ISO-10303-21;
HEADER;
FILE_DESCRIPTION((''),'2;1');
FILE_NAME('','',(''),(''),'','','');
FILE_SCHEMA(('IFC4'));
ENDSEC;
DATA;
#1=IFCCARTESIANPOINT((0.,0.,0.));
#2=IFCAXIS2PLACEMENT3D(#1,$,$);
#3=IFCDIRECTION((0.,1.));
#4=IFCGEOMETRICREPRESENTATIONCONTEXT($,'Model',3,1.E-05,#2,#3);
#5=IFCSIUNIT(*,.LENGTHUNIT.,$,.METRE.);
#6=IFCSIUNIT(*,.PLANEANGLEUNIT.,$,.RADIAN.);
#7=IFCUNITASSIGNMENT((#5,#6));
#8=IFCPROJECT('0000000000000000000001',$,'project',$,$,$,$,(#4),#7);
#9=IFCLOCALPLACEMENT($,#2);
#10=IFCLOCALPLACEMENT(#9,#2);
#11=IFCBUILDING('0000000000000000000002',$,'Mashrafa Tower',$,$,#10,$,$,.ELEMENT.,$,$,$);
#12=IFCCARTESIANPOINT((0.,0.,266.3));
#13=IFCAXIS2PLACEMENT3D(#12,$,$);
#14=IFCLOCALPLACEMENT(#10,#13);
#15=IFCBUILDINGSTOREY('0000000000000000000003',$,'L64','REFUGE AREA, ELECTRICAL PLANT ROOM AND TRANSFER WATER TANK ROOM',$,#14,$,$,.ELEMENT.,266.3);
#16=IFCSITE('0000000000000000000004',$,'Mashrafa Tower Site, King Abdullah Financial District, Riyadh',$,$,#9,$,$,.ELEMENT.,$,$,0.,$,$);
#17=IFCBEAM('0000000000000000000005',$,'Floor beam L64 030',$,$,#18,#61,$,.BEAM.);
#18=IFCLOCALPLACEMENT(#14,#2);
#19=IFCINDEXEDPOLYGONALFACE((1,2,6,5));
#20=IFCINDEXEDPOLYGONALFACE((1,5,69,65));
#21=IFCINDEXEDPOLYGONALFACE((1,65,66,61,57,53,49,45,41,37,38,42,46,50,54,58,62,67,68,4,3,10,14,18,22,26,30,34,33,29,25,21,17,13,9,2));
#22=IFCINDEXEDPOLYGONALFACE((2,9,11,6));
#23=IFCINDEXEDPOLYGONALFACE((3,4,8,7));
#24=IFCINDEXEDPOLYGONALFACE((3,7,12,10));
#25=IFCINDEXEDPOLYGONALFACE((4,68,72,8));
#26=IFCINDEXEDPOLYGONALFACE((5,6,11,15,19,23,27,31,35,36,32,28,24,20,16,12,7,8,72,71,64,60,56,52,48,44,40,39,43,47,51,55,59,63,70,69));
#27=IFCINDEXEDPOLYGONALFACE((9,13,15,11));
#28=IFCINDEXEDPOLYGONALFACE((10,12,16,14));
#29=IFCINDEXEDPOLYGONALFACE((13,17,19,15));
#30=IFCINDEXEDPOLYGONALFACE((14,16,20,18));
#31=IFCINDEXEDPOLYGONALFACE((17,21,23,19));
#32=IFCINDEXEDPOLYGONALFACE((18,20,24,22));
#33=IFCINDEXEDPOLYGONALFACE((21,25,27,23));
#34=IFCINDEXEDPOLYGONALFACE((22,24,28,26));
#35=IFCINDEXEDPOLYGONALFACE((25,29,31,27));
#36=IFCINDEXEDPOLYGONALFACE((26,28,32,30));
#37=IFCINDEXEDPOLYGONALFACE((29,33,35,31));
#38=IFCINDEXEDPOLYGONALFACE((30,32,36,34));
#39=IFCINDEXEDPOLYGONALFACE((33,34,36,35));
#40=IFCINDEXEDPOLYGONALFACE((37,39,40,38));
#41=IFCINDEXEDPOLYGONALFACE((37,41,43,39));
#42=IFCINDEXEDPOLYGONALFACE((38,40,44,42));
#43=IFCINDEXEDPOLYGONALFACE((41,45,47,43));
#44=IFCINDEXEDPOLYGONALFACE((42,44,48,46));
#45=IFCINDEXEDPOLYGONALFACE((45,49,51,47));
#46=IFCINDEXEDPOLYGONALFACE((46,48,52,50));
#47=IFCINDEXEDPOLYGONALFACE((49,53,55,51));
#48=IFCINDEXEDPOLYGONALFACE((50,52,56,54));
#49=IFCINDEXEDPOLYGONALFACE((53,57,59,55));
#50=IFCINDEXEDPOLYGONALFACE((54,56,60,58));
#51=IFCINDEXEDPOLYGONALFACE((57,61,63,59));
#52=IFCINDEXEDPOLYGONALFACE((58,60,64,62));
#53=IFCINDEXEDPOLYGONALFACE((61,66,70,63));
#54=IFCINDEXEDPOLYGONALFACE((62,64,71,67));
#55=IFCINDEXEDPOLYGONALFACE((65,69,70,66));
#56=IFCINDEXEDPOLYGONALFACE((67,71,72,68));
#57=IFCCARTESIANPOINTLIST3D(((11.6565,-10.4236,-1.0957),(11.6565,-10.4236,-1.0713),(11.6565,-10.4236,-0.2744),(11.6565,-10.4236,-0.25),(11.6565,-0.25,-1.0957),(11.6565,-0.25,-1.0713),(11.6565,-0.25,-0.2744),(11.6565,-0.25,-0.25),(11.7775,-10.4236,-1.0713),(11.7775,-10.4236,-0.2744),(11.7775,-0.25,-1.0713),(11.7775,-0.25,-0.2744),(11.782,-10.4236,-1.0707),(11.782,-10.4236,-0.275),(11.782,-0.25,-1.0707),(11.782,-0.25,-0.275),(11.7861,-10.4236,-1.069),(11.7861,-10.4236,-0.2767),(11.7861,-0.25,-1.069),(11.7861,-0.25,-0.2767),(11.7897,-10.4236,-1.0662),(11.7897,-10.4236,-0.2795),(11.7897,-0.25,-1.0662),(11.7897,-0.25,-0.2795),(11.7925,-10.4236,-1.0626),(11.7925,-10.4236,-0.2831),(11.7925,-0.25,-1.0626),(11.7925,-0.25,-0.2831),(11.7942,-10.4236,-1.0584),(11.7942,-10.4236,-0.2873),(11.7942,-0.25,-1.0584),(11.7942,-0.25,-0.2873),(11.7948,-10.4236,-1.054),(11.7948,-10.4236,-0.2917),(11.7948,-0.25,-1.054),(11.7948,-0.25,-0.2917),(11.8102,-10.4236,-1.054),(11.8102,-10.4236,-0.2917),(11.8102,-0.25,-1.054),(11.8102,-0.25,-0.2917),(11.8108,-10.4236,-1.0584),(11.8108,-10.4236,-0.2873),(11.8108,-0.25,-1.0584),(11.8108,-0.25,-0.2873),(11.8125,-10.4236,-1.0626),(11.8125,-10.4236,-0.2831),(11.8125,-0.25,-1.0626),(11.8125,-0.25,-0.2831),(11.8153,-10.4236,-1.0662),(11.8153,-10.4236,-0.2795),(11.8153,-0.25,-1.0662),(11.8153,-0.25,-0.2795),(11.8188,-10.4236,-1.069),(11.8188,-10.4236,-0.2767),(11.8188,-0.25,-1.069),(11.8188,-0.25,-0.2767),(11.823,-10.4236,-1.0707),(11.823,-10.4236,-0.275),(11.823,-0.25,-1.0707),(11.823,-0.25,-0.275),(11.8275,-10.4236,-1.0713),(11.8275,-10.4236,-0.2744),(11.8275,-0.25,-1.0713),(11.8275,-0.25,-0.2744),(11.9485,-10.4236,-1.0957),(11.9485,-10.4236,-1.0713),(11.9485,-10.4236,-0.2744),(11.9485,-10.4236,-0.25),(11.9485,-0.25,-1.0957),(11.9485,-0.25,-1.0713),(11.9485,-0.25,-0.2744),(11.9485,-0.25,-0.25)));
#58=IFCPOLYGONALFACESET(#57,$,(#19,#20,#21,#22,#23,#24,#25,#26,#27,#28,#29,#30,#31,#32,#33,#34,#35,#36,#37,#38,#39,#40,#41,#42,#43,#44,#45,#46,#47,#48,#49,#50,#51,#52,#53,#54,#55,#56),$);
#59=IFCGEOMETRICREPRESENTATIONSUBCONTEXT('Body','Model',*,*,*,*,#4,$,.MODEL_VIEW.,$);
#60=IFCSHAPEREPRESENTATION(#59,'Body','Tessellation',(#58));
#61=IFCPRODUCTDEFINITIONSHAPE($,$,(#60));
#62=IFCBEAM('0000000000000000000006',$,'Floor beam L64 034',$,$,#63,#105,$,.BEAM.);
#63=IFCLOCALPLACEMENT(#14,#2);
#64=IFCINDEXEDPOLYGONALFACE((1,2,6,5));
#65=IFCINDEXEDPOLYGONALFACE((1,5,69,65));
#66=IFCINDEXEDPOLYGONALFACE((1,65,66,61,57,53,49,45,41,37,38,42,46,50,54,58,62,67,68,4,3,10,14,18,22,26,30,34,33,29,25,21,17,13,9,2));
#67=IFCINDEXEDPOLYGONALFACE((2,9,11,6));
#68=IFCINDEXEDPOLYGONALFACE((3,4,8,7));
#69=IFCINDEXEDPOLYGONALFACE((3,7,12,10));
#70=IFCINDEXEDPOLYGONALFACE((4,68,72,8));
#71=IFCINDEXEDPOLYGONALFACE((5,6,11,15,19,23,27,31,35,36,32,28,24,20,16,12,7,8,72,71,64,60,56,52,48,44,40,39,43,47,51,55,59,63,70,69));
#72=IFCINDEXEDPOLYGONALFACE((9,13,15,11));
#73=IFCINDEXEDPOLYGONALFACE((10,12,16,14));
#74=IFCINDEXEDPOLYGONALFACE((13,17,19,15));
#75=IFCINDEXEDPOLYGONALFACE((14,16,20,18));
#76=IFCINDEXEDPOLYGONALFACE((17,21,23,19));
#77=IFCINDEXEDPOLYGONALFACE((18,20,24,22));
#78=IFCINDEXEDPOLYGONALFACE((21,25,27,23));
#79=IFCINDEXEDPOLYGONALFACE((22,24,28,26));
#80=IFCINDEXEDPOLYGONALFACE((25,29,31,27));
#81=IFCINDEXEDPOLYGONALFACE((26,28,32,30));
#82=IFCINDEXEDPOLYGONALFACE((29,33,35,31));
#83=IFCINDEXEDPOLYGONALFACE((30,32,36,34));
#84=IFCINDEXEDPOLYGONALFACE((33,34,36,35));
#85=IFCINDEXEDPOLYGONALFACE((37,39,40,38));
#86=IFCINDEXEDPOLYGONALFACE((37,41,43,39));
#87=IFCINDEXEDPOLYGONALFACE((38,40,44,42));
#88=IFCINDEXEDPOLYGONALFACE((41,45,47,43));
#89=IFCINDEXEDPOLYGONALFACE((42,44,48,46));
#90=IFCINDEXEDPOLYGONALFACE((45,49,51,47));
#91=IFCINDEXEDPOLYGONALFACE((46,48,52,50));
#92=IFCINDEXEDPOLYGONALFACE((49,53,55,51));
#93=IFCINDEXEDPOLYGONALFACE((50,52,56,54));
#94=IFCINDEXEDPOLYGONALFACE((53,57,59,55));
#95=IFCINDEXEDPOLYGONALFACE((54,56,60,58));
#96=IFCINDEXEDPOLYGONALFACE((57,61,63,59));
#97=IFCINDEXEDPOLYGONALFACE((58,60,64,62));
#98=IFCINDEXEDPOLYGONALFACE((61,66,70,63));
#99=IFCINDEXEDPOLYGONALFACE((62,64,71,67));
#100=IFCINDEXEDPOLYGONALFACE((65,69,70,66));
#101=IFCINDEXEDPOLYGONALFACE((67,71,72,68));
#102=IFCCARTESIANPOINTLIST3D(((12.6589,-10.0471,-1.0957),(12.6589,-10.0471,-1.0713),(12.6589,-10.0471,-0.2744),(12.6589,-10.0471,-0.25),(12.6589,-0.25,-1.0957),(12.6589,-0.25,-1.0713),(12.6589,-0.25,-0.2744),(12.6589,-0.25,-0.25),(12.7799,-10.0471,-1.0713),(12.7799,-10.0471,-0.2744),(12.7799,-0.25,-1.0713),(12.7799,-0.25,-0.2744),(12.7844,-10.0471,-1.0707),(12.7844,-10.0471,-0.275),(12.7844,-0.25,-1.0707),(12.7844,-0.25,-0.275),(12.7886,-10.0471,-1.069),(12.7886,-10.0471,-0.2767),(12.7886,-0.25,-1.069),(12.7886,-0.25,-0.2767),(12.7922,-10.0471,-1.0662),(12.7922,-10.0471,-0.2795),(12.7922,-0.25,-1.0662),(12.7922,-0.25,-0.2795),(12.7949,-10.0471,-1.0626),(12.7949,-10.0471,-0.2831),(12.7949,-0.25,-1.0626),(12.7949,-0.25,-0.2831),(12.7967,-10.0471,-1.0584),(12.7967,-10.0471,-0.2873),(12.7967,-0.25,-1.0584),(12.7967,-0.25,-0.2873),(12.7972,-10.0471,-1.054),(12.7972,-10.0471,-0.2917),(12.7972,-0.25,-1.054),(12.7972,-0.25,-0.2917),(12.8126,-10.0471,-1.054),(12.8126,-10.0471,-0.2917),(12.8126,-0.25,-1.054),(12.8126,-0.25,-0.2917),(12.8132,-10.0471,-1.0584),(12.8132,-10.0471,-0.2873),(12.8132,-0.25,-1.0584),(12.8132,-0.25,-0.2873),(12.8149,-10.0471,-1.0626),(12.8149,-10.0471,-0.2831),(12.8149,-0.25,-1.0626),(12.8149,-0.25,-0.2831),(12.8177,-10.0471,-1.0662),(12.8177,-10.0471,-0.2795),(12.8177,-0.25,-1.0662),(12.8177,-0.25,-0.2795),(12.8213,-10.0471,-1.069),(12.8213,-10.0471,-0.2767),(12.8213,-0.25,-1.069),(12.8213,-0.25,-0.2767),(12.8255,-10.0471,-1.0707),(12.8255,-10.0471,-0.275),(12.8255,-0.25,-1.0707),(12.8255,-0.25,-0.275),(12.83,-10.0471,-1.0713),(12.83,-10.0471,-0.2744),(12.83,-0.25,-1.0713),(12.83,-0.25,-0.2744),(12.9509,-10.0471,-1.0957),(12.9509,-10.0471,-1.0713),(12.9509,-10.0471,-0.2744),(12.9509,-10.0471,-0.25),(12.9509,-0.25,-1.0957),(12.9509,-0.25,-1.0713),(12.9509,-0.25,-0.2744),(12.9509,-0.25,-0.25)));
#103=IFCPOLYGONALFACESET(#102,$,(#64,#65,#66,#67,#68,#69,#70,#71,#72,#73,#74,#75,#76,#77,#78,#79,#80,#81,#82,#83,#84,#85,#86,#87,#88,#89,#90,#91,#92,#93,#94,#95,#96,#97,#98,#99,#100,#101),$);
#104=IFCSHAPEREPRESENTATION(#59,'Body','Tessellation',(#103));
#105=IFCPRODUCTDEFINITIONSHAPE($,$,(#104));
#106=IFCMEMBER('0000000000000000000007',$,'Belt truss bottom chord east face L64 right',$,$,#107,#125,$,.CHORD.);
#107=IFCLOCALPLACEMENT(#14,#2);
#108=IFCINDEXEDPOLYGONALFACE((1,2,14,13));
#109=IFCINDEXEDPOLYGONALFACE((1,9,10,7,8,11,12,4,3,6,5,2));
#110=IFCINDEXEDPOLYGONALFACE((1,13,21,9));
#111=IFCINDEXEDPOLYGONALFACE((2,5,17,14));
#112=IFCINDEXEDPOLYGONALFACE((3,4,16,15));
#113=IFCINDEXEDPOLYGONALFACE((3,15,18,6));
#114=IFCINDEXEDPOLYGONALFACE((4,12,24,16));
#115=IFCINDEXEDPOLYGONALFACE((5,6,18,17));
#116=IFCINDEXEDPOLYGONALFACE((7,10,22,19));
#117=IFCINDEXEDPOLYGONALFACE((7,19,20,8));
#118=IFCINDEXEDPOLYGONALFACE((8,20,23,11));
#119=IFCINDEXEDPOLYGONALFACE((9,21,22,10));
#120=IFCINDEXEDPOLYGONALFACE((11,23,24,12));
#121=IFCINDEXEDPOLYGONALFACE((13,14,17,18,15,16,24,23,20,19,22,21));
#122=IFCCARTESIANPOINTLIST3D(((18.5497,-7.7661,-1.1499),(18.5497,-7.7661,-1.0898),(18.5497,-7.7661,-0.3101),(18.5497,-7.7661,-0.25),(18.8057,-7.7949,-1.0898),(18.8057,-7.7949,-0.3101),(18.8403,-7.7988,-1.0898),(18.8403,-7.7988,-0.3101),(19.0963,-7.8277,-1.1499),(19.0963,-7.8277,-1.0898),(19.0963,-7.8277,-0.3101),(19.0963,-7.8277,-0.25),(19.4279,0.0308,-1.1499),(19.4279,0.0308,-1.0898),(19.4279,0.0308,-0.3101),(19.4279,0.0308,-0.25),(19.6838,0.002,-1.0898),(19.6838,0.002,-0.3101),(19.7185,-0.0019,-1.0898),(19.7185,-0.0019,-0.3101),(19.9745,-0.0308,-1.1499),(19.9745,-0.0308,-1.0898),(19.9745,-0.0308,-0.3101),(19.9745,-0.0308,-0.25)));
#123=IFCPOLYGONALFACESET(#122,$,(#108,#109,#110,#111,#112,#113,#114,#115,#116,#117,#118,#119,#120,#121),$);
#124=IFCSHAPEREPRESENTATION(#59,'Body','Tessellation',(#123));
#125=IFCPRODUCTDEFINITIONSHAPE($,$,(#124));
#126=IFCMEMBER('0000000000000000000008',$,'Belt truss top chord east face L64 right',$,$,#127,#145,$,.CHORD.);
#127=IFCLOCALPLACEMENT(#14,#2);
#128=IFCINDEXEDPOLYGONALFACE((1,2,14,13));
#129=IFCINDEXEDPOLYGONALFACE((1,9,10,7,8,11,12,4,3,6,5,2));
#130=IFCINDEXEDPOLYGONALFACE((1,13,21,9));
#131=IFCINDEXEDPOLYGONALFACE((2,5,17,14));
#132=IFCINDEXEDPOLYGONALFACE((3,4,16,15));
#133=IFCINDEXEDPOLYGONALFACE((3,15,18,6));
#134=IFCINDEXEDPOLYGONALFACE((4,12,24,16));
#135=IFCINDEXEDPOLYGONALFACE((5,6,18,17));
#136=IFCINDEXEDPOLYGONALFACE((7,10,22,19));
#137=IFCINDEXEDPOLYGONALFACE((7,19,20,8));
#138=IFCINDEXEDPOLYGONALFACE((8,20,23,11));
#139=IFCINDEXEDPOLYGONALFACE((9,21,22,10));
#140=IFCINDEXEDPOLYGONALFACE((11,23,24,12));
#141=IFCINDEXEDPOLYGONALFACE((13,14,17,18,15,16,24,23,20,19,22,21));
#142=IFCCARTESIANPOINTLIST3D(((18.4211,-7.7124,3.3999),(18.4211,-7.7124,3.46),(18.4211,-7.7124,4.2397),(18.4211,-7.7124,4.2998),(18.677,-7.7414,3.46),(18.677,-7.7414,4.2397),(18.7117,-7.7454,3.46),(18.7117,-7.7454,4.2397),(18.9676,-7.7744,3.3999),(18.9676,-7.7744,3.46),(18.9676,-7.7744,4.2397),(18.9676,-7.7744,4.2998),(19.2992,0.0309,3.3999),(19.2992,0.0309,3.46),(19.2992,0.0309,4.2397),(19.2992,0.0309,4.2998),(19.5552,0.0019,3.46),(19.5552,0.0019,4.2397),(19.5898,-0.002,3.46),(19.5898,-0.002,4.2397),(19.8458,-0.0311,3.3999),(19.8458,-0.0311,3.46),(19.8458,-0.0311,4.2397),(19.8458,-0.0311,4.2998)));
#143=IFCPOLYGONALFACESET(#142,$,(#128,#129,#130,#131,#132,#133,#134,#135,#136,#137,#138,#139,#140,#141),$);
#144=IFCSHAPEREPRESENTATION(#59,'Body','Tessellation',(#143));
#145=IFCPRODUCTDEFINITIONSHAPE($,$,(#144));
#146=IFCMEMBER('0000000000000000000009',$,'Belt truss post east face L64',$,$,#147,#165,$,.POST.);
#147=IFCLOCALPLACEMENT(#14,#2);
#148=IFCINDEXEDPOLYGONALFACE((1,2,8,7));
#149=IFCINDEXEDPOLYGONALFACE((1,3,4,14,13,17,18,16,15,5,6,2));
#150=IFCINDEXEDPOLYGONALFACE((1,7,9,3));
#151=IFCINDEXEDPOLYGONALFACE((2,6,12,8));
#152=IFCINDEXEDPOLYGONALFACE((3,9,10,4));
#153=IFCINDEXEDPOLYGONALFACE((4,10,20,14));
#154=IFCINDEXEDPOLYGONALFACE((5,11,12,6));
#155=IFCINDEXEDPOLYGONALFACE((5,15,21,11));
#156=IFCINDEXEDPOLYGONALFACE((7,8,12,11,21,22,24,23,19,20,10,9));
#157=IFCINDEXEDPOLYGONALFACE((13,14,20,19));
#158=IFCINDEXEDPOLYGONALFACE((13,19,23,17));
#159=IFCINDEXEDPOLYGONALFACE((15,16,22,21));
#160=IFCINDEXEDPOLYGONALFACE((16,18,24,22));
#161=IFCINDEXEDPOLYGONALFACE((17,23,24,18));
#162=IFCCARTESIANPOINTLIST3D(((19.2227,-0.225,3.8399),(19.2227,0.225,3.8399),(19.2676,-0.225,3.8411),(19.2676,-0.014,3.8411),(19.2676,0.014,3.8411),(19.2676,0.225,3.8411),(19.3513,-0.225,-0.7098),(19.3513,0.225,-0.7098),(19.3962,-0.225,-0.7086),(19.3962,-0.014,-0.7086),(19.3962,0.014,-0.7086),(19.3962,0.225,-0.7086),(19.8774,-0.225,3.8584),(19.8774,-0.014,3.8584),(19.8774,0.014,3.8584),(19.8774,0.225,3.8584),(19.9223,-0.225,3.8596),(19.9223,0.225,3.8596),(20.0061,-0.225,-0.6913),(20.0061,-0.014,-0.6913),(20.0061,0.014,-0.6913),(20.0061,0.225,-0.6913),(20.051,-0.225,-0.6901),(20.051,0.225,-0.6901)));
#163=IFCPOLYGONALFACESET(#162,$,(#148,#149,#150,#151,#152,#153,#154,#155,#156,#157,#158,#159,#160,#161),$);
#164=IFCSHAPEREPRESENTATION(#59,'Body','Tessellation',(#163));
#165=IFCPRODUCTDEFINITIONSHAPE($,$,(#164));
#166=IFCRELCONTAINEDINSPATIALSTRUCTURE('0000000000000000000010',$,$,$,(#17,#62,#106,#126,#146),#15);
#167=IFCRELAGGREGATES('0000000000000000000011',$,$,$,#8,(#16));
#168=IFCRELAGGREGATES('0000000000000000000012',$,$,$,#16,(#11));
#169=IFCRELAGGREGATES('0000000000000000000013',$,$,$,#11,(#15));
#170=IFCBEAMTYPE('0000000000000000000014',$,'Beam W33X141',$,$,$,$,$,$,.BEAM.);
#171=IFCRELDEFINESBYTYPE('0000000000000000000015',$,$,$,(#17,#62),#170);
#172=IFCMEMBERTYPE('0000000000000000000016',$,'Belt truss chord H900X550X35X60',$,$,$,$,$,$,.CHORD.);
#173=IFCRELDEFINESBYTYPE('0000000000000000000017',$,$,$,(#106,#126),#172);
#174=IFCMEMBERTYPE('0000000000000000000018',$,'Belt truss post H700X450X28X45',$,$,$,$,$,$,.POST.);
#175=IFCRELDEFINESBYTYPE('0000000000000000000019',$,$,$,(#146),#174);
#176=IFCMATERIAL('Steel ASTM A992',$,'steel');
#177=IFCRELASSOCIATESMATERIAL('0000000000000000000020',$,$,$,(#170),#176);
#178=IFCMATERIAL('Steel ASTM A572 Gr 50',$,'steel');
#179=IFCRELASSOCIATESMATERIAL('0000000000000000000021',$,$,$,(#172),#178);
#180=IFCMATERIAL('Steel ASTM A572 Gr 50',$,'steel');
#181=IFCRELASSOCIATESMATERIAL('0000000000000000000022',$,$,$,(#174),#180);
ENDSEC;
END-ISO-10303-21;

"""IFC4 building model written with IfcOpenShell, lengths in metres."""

from ifc_helpers import new_model, si_unit, direction, frame, origin, origin_2d, place, context, subcontext, project, spatial, i_section, extrude, source, transform, mapped, material, material_profile, profile_set, type_object, type_shapes, element, save


model = new_model("IFC4")

# Units and contexts
model_context = context("Model", 3, precision=1e-05, world=origin(), true_north=direction((0.0, 1.0)))
body_context = subcontext(model_context, "Body", "Model", "MODEL_VIEW")
ifc_project = project(units=[si_unit("LENGTHUNIT", "METRE"), si_unit("PLANEANGLEUNIT", "RADIAN")], contexts=[model_context])

# Site, building, storey
site_placement = place(None, origin())
site = spatial("IfcSite", under=ifc_project, at=site_placement, Name="Mashrafa Tower Site, King Abdullah Financial District, Riyadh", CompositionType="ELEMENT", RefElevation=0.0)
building_placement = place(site_placement, origin())
building = spatial("IfcBuilding", under=site, at=building_placement, Name="Mashrafa Tower", CompositionType="ELEMENT")
storey_placement = place(building_placement, frame((0.0, 0.0, 266.3)))
storey = spatial("IfcBuildingStorey", under=building, at=storey_placement, Name="L64", Description="REFUGE AREA, ELECTRICAL PLANT ROOM AND TRANSFER WATER TANK ROOM", CompositionType="ELEMENT", Elevation=266.3)

# Beams
ifc_material_1 = material(Name="Steel ASTM A992", Category="steel")
ifc_material_profile_1 = material_profile(ifc_material_1, i_section(OverallWidth=0.292, OverallDepth=0.8457, WebThickness=0.0154, FlangeThickness=0.0244, FilletRadius=0.0173, at=origin_2d()), Name="W33X141")
ifc_profile_set_1 = profile_set([ifc_material_profile_1], Name="Steel ASTM A992")
beam_type_1 = type_object("IfcBeamType", Name="Beam W33X141", PredefinedType="BEAM", material=ifc_profile_set_1)
beam_1_placement = place(storey_placement, frame((11.8025, -0.25, -0.6729), z_axis=(0.0, -1.0, 0.0), x_axis=(1.0, 0.0, 0.0)))
element("IfcBeam", 1, at=beam_1_placement, inside=storey, type_object=beam_type_1, Name="Floor beam L64 030", PredefinedType="BEAM", context=body_context, shape_type="SweptSolid", body=[
    extrude(i_section(OverallWidth=0.292, OverallDepth=0.8457, WebThickness=0.0154, FlangeThickness=0.0244, FilletRadius=0.0173, at=origin_2d()), origin(), (0.0, 0.0, 1.0), 10.1736),
])
beam_2_placement = place(storey_placement, frame((12.8049, -0.25, -0.6729), z_axis=(0.0, -1.0, 0.0), x_axis=(1.0, 0.0, 0.0)))
element("IfcBeam", 2, at=beam_2_placement, inside=storey, type_object=beam_type_1, Name="Floor beam L64 034", PredefinedType="BEAM", context=body_context, shape_type="SweptSolid", body=[
    extrude(i_section(OverallWidth=0.292, OverallDepth=0.8457, WebThickness=0.0154, FlangeThickness=0.0244, FilletRadius=0.0173, at=origin_2d()), origin(), (0.0, 0.0, 1.0), 9.7971),
])

# Members
ifc_material_2 = material(Name="Steel ASTM A572 Gr 50", Category="steel")
ifc_material_profile_2 = material_profile(ifc_material_2, i_section(OverallWidth=0.55, OverallDepth=0.8999, WebThickness=0.0349, FlangeThickness=0.0601, at=origin_2d()), Name="H900X550X35X60")
ifc_profile_set_2 = profile_set([ifc_material_profile_2], Name="Steel ASTM A572 Gr 50")
member_type_1 = type_object("IfcMemberType", Name="Belt truss chord H900X550X35X60", PredefinedType="CHORD", material=ifc_profile_set_2)
shared_shape_1 = source(origin(), body_context, "Body", "SweptSolid", [
    extrude(i_section(OverallWidth=0.55, OverallDepth=0.8999, WebThickness=0.0349, FlangeThickness=0.0601, at=origin_2d()), origin(), (0.0, 0.0, 1.0), 7.8462),
])
member_1_placement = place(storey_placement, frame((18.823, -7.7969, -0.7), z_axis=(0.111924, 0.993717, 0.0), x_axis=(-0.993717, 0.111924, 0.0)))
element("IfcMember", 3, at=member_1_placement, inside=storey, type_object=member_type_1, Name="Belt truss bottom chord east face L64 right", PredefinedType="CHORD", context=body_context, shape_type="MappedRepresentation", body=[
    mapped(shared_shape_1, transform((0.0, 0.0, 0.0))),
])
shared_shape_2 = source(origin(), body_context, "Body", "SweptSolid", [
    extrude(i_section(OverallWidth=0.55, OverallDepth=0.8999, WebThickness=0.0349, FlangeThickness=0.0601, at=origin_2d()), origin(), (0.0, 0.0, 1.0), 7.793),
])
member_2_placement = place(storey_placement, frame((18.6943, -7.7434, 3.8499), z_axis=(0.112687, 0.993631, 0.0), x_axis=(-0.993631, 0.112687, 0.0)))
element("IfcMember", 4, at=member_2_placement, inside=storey, type_object=member_type_1, Name="Belt truss top chord east face L64 right", PredefinedType="CHORD", context=body_context, shape_type="MappedRepresentation", body=[
    mapped(shared_shape_2, transform((0.0, 0.0, 0.0))),
])
ifc_material_3 = material(Name="Steel ASTM A572 Gr 50", Category="steel")
ifc_material_profile_3 = material_profile(ifc_material_3, i_section(OverallWidth=0.45, OverallDepth=0.7, WebThickness=0.0281, FlangeThickness=0.0449, at=origin_2d()), Name="H700X450X28X45")
ifc_profile_set_3 = profile_set([ifc_material_profile_3], Name="Steel ASTM A572 Gr 50")
member_type_2 = type_object("IfcMemberType", Name="Belt truss post H700X450X28X45", PredefinedType="POST", material=ifc_profile_set_3)
shared_shape_3 = source(origin(), body_context, "Body", "SweptSolid", [
    extrude(i_section(OverallWidth=0.45, OverallDepth=0.7, WebThickness=0.0281, FlangeThickness=0.0449, at=origin_2d()), origin(), (0.0, 0.0, 1.0), 4.5515),
])
type_shapes(member_type_2, [shared_shape_3])
member_3_placement = place(storey_placement, frame((19.7012, 0.0, -0.7), z_axis=(-0.028267, 0.0, 0.9996), x_axis=(0.0, -1.0, 0.0)))
element("IfcMember", 5, at=member_3_placement, inside=storey, type_object=member_type_2, Name="Belt truss post east face L64", PredefinedType="POST", context=body_context, shape_type="MappedRepresentation", body=[
    mapped(shared_shape_3, transform((0.0, 0.0, 0.0))),
])

save(model, "model.ifc")
